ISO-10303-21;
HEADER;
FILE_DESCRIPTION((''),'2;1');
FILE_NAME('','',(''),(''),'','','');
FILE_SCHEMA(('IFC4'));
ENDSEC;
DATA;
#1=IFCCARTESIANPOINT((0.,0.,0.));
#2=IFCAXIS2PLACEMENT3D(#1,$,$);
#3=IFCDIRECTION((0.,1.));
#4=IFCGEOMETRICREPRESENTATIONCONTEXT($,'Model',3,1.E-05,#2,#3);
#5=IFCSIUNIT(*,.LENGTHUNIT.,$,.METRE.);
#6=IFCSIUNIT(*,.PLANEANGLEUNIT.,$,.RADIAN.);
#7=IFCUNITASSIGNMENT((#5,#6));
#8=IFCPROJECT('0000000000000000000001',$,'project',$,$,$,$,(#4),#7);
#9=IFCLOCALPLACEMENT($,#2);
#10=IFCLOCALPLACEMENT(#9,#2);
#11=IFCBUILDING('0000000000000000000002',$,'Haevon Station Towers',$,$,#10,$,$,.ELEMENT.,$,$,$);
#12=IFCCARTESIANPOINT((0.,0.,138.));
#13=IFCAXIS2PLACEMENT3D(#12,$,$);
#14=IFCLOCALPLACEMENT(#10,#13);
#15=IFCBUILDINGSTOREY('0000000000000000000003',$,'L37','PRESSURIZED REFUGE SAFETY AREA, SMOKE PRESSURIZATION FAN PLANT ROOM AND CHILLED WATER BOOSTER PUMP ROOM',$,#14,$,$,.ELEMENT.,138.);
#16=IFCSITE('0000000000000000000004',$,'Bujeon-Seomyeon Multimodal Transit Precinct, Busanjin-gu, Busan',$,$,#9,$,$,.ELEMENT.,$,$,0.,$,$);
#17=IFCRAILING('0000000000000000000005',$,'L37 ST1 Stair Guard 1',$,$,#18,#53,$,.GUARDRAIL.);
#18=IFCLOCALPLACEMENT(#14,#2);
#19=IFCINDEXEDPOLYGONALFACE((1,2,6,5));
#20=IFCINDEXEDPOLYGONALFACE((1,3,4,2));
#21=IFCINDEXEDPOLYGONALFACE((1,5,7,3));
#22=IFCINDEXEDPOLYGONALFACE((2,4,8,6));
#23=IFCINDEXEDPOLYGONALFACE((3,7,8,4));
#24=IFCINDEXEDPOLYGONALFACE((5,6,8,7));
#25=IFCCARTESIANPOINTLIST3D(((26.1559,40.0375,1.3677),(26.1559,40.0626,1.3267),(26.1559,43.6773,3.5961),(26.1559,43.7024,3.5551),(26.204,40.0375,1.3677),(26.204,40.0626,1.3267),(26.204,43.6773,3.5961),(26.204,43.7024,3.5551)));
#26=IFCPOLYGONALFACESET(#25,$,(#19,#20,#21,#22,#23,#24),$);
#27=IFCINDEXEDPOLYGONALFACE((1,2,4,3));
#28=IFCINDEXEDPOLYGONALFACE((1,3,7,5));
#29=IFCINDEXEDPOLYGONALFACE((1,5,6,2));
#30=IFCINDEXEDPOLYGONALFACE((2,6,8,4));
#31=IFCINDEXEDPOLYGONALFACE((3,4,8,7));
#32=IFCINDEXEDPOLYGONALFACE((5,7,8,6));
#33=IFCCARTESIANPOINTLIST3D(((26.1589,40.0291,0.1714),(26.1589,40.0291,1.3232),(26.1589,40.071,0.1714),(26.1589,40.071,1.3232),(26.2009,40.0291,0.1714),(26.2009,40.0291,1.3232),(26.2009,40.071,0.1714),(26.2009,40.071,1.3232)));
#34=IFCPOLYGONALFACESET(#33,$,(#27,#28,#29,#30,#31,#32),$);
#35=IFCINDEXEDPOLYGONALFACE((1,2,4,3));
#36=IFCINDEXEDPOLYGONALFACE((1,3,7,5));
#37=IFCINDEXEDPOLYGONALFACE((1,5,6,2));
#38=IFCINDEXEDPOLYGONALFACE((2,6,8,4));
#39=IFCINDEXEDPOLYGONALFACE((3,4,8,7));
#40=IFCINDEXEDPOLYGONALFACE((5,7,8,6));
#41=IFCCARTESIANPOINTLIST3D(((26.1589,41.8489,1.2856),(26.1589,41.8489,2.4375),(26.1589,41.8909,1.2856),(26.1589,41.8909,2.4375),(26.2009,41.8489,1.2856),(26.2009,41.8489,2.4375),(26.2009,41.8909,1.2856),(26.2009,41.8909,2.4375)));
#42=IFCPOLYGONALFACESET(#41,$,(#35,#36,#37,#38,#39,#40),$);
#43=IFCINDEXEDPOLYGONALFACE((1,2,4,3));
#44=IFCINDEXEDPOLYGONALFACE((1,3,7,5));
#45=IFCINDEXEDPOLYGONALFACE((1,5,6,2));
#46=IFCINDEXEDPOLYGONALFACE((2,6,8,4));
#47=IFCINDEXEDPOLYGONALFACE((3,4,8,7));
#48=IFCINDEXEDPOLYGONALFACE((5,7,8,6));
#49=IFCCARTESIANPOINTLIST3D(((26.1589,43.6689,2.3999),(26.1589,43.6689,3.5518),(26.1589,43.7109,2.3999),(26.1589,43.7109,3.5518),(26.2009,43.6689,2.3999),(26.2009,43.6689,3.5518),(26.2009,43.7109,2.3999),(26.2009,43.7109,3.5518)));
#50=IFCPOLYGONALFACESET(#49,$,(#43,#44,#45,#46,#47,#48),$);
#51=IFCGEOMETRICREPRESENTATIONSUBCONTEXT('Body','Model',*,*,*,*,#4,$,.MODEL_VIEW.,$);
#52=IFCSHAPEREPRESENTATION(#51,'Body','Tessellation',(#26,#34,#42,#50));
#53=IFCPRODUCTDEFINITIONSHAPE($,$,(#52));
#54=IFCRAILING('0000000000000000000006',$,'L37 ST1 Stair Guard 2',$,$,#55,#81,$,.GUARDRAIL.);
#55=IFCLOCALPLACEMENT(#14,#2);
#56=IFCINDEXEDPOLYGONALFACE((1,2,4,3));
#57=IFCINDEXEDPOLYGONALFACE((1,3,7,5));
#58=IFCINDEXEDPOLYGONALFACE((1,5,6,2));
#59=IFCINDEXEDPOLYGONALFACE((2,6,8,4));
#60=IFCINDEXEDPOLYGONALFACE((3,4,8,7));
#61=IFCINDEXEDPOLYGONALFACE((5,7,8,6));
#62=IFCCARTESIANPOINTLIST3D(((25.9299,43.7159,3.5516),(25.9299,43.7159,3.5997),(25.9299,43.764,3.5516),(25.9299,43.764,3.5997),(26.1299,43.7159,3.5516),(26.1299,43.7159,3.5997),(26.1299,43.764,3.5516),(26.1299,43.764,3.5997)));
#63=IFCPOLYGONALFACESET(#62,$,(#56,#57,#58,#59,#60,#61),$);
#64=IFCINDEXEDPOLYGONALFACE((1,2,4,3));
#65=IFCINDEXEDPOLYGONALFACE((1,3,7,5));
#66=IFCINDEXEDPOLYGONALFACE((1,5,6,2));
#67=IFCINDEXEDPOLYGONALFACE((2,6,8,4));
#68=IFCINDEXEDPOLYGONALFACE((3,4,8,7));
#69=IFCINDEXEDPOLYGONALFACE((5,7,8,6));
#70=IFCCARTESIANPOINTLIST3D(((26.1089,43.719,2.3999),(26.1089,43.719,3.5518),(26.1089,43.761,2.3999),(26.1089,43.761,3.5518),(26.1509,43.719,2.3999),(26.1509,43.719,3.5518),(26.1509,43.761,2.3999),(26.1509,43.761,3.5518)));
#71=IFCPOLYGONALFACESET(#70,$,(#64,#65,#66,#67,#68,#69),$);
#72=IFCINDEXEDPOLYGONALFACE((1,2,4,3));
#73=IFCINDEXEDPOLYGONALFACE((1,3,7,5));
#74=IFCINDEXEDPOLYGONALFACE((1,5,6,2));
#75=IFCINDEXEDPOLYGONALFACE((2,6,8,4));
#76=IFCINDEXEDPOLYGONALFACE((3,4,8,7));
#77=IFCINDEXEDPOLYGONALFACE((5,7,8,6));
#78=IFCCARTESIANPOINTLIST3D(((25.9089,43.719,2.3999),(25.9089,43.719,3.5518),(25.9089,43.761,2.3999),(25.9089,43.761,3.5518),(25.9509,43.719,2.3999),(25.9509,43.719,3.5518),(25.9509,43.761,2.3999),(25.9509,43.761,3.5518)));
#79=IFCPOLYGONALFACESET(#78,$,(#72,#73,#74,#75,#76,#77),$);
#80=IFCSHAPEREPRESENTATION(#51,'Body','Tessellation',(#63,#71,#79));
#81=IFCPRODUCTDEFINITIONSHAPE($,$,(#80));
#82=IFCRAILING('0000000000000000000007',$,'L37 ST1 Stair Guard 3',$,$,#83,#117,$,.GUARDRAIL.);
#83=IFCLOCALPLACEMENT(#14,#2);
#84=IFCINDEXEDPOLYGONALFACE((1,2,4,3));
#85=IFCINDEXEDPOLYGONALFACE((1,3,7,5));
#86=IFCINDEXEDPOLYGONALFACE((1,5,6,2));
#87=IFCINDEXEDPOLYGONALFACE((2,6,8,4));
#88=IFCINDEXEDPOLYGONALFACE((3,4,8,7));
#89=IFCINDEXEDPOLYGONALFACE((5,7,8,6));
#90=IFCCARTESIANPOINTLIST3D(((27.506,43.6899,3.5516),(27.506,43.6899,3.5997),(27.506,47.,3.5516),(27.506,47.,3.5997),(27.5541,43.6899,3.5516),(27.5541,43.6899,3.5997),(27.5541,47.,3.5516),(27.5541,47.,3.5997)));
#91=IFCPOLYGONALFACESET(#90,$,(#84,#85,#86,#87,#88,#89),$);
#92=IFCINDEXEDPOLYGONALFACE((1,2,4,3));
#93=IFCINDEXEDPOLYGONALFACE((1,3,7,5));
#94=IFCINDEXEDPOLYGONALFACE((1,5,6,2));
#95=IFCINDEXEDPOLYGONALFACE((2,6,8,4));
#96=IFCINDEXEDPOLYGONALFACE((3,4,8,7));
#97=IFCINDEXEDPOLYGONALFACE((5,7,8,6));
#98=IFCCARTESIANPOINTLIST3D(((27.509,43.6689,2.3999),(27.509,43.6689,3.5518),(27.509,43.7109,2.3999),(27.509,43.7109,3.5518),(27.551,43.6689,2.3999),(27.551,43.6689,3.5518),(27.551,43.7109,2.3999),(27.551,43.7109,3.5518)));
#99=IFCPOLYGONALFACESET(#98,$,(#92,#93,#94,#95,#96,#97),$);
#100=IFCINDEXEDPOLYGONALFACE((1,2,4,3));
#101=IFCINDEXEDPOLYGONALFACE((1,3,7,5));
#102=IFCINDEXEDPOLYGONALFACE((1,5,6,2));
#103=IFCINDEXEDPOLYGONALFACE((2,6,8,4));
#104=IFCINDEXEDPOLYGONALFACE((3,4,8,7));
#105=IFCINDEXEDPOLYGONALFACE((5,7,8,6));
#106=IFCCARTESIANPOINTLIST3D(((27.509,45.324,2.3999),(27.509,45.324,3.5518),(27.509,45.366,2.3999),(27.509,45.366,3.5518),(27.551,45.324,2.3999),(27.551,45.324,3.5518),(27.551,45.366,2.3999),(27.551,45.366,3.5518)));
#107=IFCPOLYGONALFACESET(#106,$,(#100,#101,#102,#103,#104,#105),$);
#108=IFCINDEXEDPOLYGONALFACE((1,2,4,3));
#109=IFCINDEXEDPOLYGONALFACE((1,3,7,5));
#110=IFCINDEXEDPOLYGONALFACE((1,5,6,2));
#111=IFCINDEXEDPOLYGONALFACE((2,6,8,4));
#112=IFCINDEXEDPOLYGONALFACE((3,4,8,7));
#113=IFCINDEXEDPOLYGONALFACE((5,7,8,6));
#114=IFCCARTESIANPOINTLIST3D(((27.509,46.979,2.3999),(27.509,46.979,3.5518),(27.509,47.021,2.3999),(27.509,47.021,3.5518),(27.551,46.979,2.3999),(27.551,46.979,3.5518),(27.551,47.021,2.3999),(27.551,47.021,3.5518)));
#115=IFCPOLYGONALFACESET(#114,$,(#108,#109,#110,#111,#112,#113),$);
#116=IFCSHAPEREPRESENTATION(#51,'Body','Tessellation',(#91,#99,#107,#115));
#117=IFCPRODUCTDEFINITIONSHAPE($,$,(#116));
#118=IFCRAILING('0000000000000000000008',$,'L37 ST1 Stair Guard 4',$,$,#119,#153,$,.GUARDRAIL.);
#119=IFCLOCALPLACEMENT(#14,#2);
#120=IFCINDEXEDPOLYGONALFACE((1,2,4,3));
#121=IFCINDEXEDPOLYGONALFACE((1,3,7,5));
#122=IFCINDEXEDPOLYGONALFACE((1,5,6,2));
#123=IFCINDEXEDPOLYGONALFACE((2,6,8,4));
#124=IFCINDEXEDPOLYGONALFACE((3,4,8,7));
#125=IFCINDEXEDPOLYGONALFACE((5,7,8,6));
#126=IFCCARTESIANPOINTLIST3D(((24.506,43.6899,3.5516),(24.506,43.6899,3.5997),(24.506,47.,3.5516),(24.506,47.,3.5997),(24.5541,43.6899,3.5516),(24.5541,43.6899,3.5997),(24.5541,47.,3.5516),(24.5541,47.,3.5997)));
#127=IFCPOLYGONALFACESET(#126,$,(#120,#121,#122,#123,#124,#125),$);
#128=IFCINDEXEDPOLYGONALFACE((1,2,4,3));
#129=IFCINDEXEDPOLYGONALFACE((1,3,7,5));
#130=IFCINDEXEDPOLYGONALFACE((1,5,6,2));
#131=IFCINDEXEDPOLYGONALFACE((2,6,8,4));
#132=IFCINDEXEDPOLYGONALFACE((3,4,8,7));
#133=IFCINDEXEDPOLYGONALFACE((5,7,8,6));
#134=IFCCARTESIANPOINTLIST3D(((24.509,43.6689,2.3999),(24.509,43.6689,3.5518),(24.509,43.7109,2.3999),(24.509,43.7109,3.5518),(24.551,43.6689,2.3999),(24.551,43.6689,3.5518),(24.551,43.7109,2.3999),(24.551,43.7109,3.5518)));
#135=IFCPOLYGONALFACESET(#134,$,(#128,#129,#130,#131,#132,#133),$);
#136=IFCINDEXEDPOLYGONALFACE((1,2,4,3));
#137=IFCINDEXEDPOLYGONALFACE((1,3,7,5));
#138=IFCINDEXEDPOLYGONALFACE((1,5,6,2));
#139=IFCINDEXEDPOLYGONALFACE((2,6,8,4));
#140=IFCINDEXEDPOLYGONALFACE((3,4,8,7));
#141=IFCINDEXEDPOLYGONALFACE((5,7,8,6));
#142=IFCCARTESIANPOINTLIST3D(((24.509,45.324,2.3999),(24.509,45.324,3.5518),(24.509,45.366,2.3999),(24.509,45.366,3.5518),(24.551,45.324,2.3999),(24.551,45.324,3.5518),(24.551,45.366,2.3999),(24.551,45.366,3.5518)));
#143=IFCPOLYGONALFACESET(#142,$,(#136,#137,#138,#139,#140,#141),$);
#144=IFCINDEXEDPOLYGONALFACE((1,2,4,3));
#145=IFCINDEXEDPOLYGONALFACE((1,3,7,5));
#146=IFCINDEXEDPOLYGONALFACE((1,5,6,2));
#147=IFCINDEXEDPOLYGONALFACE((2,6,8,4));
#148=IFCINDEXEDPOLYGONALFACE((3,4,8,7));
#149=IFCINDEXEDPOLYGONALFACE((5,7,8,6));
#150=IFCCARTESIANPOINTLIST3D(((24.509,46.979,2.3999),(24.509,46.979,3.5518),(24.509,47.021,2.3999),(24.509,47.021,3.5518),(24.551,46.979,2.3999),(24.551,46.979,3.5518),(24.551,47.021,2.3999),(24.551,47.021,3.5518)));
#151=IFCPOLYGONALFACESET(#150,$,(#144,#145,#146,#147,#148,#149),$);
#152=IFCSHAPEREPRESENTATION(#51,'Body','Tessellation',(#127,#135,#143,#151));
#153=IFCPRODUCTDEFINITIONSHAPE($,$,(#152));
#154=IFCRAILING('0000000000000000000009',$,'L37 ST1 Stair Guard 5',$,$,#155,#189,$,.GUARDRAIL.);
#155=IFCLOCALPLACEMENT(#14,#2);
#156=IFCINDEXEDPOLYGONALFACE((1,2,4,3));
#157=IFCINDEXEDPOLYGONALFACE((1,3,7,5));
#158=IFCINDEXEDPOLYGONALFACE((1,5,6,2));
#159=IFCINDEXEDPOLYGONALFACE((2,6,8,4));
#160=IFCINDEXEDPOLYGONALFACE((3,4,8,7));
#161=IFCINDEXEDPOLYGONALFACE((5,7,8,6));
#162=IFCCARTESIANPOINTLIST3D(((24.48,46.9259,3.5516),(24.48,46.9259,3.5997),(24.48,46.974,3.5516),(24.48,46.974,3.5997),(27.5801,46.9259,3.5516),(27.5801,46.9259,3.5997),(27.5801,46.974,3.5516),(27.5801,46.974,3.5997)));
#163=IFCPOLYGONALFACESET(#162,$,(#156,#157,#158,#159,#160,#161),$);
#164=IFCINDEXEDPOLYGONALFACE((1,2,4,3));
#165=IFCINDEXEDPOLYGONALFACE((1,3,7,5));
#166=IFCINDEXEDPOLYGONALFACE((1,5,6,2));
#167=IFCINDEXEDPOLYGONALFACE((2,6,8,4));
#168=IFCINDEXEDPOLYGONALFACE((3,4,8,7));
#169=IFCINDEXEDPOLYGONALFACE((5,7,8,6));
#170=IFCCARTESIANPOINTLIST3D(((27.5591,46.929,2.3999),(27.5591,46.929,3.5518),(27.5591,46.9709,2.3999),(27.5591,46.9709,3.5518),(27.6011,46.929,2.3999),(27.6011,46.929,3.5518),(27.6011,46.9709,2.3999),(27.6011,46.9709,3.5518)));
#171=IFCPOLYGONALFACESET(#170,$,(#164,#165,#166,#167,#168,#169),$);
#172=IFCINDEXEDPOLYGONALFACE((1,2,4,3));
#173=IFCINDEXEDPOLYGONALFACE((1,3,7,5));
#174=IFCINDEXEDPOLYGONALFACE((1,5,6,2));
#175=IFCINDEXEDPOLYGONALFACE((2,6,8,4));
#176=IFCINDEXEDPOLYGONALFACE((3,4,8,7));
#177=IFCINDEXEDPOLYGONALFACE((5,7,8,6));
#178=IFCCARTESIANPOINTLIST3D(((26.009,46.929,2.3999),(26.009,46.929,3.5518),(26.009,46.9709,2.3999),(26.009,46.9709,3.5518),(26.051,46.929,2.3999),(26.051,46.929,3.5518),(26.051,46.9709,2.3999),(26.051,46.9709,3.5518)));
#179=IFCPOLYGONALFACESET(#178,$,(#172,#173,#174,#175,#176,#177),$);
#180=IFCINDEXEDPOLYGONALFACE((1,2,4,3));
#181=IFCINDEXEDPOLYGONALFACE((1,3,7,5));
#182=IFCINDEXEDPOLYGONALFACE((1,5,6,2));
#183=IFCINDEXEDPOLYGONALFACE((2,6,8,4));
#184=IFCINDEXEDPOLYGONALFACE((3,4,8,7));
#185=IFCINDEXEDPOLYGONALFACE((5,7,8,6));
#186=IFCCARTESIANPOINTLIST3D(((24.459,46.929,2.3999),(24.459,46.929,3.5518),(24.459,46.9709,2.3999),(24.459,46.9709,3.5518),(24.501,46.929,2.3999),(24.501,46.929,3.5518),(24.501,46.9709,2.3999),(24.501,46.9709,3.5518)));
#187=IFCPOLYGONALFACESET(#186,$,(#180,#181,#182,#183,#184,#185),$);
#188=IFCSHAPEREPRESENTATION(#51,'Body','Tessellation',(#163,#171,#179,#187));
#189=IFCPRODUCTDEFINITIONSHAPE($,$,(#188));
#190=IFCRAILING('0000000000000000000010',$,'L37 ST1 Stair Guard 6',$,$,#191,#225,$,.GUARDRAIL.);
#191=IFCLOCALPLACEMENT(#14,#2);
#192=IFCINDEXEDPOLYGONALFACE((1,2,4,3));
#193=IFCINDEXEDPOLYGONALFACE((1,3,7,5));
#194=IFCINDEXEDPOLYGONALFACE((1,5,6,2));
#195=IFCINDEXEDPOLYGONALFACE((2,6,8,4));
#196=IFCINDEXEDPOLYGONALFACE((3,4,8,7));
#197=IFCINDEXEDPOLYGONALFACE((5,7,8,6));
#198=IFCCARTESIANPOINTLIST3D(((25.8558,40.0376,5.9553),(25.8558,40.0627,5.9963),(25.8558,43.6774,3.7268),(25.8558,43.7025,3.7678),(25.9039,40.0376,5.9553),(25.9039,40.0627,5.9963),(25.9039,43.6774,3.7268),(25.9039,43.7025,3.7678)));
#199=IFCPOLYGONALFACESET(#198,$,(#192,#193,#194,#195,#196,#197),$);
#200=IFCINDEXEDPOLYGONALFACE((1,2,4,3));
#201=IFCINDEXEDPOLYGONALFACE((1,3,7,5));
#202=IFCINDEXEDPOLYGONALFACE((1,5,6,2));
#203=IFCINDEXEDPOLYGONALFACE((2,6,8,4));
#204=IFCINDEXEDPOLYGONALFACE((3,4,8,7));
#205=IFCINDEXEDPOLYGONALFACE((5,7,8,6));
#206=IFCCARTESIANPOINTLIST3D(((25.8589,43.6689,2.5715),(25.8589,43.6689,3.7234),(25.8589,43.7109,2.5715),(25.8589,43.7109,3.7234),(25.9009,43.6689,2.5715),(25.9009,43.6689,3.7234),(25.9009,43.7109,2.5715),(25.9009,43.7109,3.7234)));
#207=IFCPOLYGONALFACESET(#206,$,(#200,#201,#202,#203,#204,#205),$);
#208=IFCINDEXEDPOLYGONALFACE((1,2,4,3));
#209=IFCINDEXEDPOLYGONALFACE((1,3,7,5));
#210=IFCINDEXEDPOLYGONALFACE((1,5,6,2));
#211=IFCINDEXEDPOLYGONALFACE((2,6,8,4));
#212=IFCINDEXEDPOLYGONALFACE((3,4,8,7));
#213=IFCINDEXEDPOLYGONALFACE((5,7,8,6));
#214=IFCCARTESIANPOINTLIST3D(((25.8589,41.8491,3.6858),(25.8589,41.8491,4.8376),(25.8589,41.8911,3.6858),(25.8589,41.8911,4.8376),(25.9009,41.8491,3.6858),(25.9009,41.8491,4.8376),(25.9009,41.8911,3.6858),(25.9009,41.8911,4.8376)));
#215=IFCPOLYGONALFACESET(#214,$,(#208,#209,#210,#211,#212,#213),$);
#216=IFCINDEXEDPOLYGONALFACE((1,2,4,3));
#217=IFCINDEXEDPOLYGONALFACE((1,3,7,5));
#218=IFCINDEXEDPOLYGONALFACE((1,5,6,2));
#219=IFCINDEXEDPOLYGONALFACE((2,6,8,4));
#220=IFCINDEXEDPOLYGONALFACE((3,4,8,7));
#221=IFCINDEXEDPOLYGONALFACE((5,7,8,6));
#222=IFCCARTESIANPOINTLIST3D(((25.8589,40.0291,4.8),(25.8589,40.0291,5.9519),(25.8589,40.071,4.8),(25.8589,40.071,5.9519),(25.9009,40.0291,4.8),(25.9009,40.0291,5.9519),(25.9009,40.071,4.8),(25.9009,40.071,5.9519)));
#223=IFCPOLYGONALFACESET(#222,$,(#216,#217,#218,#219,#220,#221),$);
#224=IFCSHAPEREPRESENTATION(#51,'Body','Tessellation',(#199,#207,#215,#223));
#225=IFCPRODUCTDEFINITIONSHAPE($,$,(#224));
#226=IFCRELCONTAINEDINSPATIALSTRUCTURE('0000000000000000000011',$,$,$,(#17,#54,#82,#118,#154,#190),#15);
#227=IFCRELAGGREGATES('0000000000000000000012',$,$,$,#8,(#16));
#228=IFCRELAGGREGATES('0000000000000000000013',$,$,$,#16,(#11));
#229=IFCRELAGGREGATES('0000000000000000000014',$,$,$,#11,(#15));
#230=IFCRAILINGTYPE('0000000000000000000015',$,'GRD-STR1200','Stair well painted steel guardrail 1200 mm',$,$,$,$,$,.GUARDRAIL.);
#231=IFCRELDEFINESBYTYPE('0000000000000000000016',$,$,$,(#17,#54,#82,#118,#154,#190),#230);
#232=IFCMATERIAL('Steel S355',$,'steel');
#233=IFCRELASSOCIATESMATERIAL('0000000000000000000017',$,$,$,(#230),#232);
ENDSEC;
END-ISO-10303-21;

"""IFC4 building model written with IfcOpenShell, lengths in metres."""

from ifc_helpers import new_model, si_unit, direction, frame, origin, origin_2d, place, context, subcontext, project, spatial, rectangle, extrude, material, type_object, element, save


model = new_model("IFC4")

# Units and contexts
model_context = context("Model", 3, precision=1e-05, world=origin(), true_north=direction((0.0, 1.0)))
body_context = subcontext(model_context, "Body", "Model", "MODEL_VIEW")
ifc_project = project(units=[si_unit("LENGTHUNIT", "METRE"), si_unit("PLANEANGLEUNIT", "RADIAN")], contexts=[model_context])

# Site, building, storey
site_placement = place(None, origin())
site = spatial("IfcSite", under=ifc_project, at=site_placement, Name="Bujeon-Seomyeon Multimodal Transit Precinct, Busanjin-gu, Busan", CompositionType="ELEMENT", RefElevation=0.0)
building_placement = place(site_placement, origin())
building = spatial("IfcBuilding", under=site, at=building_placement, Name="Haevon Station Towers", CompositionType="ELEMENT")
storey_placement = place(building_placement, frame((0.0, 0.0, 138.0)))
storey = spatial("IfcBuildingStorey", under=building, at=storey_placement, Name="L37", Description="PRESSURIZED REFUGE SAFETY AREA, SMOKE PRESSURIZATION FAN PLANT ROOM AND CHILLED WATER BOOSTER PUMP ROOM", CompositionType="ELEMENT", Elevation=138.0)

# Shared definitions
ifc_material_1 = material(Name="Steel S355", Category="steel")

# Railings
railing_type_1 = type_object("IfcRailingType", Name="GRD-STR1200", Description="Stair well painted steel guardrail 1200 mm", PredefinedType="GUARDRAIL", material=ifc_material_1)
railing_1_placement = place(storey_placement, frame((26.1799, 40.05, 0.1714)))
element("IfcRailing", 1, at=railing_1_placement, inside=storey, type_object=railing_type_1, Name="L37 ST1 Stair Guard 1", PredefinedType="GUARDRAIL", context=body_context, shape_type="SweptSolid", body=[
    extrude(rectangle(XDim=0.0481, YDim=0.0481, at=origin_2d()), frame((0.0, 0.0, 1.1758), z_axis=(0.0, 0.85285, 0.522156), x_axis=(-1.0, 0.0, 0.0)), (0.0, 0.0, 1.0), 4.2678),
    extrude(rectangle(XDim=0.042, YDim=0.042, at=origin_2d()), origin(), (0.0, 0.0, 1.0), 1.1519),
    extrude(rectangle(XDim=0.042, YDim=0.042, at=origin_2d()), frame((0.0, 1.8198, 1.1143)), (0.0, 0.0, 1.0), 1.1519),
    extrude(rectangle(XDim=0.042, YDim=0.042, at=origin_2d()), frame((0.0, 3.6399, 2.2285)), (0.0, 0.0, 1.0), 1.1519),
])
railing_2_placement = place(storey_placement, frame((26.1299, 43.74, 2.3999)))
element("IfcRailing", 2, at=railing_2_placement, inside=storey, type_object=railing_type_1, Name="L37 ST1 Stair Guard 2", PredefinedType="GUARDRAIL", context=body_context, shape_type="SweptSolid", body=[
    extrude(rectangle(XDim=0.0481, YDim=0.0481, at=origin_2d()), frame((0.0, 0.0, 1.1758), z_axis=(-1.0, 0.0, 0.0), x_axis=(0.0, -1.0, 0.0)), (0.0, 0.0, 1.0), 0.2),
    extrude(rectangle(XDim=0.042, YDim=0.042, at=origin_2d()), origin(), (0.0, 0.0, 1.0), 1.1519),
    extrude(rectangle(XDim=0.042, YDim=0.042, at=origin_2d()), frame((-0.2, 0.0, 0.0)), (0.0, 0.0, 1.0), 1.1519),
])
for number, where, name in (
    (3, (27.53, 43.6899, 2.3999), "L37 ST1 Stair Guard 3"),
    (4, (24.53, 43.6899, 2.3999), "L37 ST1 Stair Guard 4"),
):
    element("IfcRailing", number, at=place(storey_placement, frame(where)), inside=storey, type_object=railing_type_1, Name=name, PredefinedType="GUARDRAIL", context=body_context, shape_type="SweptSolid", body=[
        extrude(rectangle(XDim=0.0481, YDim=0.0481, at=origin_2d()), frame((0.0, 0.0, 1.1758), z_axis=(0.0, 1.0, 0.0), x_axis=(-1.0, 0.0, 0.0)), (0.0, 0.0, 1.0), 3.3101),
        extrude(rectangle(XDim=0.042, YDim=0.042, at=origin_2d()), origin(), (0.0, 0.0, 1.0), 1.1519),
        extrude(rectangle(XDim=0.042, YDim=0.042, at=origin_2d()), frame((0.0, 1.655, 0.0)), (0.0, 0.0, 1.0), 1.1519),
        extrude(rectangle(XDim=0.042, YDim=0.042, at=origin_2d()), frame((0.0, 3.3101, 0.0)), (0.0, 0.0, 1.0), 1.1519),
    ])
railing_3_placement = place(storey_placement, frame((27.5801, 46.95, 2.3999)))
element("IfcRailing", 5, at=railing_3_placement, inside=storey, type_object=railing_type_1, Name="L37 ST1 Stair Guard 5", PredefinedType="GUARDRAIL", context=body_context, shape_type="SweptSolid", body=[
    extrude(rectangle(XDim=0.0481, YDim=0.0481, at=origin_2d()), frame((0.0, 0.0, 1.1758), z_axis=(-1.0, 0.0, 0.0), x_axis=(0.0, -1.0, 0.0)), (0.0, 0.0, 1.0), 3.1001),
    extrude(rectangle(XDim=0.042, YDim=0.042, at=origin_2d()), origin(), (0.0, 0.0, 1.0), 1.1519),
    extrude(rectangle(XDim=0.042, YDim=0.042, at=origin_2d()), frame((-1.55, 0.0, 0.0)), (0.0, 0.0, 1.0), 1.1519),
    extrude(rectangle(XDim=0.042, YDim=0.042, at=origin_2d()), frame((-3.1001, 0.0, 0.0)), (0.0, 0.0, 1.0), 1.1519),
])
railing_4_placement = place(storey_placement, frame((25.8799, 43.6899, 2.5715)))
element("IfcRailing", 6, at=railing_4_placement, inside=storey, type_object=railing_type_1, Name="L37 ST1 Stair Guard 6", PredefinedType="GUARDRAIL", context=body_context, shape_type="SweptSolid", body=[
    extrude(rectangle(XDim=0.0481, YDim=0.0481, at=origin_2d()), frame((0.0, 0.0, 1.1758), z_axis=(0.0, -0.85285, 0.522156), x_axis=(1.0, 0.0, 0.0)), (0.0, 0.0, 1.0), 4.2678),
    extrude(rectangle(XDim=0.042, YDim=0.042, at=origin_2d()), origin(), (0.0, 0.0, 1.0), 1.1519),
    extrude(rectangle(XDim=0.042, YDim=0.042, at=origin_2d()), frame((0.0, -1.8198, 1.1143)), (0.0, 0.0, 1.0), 1.1519),
    extrude(rectangle(XDim=0.042, YDim=0.042, at=origin_2d()), frame((0.0, -3.6399, 2.2285)), (0.0, 0.0, 1.0), 1.1519),
])

save(model, "model.ifc")
